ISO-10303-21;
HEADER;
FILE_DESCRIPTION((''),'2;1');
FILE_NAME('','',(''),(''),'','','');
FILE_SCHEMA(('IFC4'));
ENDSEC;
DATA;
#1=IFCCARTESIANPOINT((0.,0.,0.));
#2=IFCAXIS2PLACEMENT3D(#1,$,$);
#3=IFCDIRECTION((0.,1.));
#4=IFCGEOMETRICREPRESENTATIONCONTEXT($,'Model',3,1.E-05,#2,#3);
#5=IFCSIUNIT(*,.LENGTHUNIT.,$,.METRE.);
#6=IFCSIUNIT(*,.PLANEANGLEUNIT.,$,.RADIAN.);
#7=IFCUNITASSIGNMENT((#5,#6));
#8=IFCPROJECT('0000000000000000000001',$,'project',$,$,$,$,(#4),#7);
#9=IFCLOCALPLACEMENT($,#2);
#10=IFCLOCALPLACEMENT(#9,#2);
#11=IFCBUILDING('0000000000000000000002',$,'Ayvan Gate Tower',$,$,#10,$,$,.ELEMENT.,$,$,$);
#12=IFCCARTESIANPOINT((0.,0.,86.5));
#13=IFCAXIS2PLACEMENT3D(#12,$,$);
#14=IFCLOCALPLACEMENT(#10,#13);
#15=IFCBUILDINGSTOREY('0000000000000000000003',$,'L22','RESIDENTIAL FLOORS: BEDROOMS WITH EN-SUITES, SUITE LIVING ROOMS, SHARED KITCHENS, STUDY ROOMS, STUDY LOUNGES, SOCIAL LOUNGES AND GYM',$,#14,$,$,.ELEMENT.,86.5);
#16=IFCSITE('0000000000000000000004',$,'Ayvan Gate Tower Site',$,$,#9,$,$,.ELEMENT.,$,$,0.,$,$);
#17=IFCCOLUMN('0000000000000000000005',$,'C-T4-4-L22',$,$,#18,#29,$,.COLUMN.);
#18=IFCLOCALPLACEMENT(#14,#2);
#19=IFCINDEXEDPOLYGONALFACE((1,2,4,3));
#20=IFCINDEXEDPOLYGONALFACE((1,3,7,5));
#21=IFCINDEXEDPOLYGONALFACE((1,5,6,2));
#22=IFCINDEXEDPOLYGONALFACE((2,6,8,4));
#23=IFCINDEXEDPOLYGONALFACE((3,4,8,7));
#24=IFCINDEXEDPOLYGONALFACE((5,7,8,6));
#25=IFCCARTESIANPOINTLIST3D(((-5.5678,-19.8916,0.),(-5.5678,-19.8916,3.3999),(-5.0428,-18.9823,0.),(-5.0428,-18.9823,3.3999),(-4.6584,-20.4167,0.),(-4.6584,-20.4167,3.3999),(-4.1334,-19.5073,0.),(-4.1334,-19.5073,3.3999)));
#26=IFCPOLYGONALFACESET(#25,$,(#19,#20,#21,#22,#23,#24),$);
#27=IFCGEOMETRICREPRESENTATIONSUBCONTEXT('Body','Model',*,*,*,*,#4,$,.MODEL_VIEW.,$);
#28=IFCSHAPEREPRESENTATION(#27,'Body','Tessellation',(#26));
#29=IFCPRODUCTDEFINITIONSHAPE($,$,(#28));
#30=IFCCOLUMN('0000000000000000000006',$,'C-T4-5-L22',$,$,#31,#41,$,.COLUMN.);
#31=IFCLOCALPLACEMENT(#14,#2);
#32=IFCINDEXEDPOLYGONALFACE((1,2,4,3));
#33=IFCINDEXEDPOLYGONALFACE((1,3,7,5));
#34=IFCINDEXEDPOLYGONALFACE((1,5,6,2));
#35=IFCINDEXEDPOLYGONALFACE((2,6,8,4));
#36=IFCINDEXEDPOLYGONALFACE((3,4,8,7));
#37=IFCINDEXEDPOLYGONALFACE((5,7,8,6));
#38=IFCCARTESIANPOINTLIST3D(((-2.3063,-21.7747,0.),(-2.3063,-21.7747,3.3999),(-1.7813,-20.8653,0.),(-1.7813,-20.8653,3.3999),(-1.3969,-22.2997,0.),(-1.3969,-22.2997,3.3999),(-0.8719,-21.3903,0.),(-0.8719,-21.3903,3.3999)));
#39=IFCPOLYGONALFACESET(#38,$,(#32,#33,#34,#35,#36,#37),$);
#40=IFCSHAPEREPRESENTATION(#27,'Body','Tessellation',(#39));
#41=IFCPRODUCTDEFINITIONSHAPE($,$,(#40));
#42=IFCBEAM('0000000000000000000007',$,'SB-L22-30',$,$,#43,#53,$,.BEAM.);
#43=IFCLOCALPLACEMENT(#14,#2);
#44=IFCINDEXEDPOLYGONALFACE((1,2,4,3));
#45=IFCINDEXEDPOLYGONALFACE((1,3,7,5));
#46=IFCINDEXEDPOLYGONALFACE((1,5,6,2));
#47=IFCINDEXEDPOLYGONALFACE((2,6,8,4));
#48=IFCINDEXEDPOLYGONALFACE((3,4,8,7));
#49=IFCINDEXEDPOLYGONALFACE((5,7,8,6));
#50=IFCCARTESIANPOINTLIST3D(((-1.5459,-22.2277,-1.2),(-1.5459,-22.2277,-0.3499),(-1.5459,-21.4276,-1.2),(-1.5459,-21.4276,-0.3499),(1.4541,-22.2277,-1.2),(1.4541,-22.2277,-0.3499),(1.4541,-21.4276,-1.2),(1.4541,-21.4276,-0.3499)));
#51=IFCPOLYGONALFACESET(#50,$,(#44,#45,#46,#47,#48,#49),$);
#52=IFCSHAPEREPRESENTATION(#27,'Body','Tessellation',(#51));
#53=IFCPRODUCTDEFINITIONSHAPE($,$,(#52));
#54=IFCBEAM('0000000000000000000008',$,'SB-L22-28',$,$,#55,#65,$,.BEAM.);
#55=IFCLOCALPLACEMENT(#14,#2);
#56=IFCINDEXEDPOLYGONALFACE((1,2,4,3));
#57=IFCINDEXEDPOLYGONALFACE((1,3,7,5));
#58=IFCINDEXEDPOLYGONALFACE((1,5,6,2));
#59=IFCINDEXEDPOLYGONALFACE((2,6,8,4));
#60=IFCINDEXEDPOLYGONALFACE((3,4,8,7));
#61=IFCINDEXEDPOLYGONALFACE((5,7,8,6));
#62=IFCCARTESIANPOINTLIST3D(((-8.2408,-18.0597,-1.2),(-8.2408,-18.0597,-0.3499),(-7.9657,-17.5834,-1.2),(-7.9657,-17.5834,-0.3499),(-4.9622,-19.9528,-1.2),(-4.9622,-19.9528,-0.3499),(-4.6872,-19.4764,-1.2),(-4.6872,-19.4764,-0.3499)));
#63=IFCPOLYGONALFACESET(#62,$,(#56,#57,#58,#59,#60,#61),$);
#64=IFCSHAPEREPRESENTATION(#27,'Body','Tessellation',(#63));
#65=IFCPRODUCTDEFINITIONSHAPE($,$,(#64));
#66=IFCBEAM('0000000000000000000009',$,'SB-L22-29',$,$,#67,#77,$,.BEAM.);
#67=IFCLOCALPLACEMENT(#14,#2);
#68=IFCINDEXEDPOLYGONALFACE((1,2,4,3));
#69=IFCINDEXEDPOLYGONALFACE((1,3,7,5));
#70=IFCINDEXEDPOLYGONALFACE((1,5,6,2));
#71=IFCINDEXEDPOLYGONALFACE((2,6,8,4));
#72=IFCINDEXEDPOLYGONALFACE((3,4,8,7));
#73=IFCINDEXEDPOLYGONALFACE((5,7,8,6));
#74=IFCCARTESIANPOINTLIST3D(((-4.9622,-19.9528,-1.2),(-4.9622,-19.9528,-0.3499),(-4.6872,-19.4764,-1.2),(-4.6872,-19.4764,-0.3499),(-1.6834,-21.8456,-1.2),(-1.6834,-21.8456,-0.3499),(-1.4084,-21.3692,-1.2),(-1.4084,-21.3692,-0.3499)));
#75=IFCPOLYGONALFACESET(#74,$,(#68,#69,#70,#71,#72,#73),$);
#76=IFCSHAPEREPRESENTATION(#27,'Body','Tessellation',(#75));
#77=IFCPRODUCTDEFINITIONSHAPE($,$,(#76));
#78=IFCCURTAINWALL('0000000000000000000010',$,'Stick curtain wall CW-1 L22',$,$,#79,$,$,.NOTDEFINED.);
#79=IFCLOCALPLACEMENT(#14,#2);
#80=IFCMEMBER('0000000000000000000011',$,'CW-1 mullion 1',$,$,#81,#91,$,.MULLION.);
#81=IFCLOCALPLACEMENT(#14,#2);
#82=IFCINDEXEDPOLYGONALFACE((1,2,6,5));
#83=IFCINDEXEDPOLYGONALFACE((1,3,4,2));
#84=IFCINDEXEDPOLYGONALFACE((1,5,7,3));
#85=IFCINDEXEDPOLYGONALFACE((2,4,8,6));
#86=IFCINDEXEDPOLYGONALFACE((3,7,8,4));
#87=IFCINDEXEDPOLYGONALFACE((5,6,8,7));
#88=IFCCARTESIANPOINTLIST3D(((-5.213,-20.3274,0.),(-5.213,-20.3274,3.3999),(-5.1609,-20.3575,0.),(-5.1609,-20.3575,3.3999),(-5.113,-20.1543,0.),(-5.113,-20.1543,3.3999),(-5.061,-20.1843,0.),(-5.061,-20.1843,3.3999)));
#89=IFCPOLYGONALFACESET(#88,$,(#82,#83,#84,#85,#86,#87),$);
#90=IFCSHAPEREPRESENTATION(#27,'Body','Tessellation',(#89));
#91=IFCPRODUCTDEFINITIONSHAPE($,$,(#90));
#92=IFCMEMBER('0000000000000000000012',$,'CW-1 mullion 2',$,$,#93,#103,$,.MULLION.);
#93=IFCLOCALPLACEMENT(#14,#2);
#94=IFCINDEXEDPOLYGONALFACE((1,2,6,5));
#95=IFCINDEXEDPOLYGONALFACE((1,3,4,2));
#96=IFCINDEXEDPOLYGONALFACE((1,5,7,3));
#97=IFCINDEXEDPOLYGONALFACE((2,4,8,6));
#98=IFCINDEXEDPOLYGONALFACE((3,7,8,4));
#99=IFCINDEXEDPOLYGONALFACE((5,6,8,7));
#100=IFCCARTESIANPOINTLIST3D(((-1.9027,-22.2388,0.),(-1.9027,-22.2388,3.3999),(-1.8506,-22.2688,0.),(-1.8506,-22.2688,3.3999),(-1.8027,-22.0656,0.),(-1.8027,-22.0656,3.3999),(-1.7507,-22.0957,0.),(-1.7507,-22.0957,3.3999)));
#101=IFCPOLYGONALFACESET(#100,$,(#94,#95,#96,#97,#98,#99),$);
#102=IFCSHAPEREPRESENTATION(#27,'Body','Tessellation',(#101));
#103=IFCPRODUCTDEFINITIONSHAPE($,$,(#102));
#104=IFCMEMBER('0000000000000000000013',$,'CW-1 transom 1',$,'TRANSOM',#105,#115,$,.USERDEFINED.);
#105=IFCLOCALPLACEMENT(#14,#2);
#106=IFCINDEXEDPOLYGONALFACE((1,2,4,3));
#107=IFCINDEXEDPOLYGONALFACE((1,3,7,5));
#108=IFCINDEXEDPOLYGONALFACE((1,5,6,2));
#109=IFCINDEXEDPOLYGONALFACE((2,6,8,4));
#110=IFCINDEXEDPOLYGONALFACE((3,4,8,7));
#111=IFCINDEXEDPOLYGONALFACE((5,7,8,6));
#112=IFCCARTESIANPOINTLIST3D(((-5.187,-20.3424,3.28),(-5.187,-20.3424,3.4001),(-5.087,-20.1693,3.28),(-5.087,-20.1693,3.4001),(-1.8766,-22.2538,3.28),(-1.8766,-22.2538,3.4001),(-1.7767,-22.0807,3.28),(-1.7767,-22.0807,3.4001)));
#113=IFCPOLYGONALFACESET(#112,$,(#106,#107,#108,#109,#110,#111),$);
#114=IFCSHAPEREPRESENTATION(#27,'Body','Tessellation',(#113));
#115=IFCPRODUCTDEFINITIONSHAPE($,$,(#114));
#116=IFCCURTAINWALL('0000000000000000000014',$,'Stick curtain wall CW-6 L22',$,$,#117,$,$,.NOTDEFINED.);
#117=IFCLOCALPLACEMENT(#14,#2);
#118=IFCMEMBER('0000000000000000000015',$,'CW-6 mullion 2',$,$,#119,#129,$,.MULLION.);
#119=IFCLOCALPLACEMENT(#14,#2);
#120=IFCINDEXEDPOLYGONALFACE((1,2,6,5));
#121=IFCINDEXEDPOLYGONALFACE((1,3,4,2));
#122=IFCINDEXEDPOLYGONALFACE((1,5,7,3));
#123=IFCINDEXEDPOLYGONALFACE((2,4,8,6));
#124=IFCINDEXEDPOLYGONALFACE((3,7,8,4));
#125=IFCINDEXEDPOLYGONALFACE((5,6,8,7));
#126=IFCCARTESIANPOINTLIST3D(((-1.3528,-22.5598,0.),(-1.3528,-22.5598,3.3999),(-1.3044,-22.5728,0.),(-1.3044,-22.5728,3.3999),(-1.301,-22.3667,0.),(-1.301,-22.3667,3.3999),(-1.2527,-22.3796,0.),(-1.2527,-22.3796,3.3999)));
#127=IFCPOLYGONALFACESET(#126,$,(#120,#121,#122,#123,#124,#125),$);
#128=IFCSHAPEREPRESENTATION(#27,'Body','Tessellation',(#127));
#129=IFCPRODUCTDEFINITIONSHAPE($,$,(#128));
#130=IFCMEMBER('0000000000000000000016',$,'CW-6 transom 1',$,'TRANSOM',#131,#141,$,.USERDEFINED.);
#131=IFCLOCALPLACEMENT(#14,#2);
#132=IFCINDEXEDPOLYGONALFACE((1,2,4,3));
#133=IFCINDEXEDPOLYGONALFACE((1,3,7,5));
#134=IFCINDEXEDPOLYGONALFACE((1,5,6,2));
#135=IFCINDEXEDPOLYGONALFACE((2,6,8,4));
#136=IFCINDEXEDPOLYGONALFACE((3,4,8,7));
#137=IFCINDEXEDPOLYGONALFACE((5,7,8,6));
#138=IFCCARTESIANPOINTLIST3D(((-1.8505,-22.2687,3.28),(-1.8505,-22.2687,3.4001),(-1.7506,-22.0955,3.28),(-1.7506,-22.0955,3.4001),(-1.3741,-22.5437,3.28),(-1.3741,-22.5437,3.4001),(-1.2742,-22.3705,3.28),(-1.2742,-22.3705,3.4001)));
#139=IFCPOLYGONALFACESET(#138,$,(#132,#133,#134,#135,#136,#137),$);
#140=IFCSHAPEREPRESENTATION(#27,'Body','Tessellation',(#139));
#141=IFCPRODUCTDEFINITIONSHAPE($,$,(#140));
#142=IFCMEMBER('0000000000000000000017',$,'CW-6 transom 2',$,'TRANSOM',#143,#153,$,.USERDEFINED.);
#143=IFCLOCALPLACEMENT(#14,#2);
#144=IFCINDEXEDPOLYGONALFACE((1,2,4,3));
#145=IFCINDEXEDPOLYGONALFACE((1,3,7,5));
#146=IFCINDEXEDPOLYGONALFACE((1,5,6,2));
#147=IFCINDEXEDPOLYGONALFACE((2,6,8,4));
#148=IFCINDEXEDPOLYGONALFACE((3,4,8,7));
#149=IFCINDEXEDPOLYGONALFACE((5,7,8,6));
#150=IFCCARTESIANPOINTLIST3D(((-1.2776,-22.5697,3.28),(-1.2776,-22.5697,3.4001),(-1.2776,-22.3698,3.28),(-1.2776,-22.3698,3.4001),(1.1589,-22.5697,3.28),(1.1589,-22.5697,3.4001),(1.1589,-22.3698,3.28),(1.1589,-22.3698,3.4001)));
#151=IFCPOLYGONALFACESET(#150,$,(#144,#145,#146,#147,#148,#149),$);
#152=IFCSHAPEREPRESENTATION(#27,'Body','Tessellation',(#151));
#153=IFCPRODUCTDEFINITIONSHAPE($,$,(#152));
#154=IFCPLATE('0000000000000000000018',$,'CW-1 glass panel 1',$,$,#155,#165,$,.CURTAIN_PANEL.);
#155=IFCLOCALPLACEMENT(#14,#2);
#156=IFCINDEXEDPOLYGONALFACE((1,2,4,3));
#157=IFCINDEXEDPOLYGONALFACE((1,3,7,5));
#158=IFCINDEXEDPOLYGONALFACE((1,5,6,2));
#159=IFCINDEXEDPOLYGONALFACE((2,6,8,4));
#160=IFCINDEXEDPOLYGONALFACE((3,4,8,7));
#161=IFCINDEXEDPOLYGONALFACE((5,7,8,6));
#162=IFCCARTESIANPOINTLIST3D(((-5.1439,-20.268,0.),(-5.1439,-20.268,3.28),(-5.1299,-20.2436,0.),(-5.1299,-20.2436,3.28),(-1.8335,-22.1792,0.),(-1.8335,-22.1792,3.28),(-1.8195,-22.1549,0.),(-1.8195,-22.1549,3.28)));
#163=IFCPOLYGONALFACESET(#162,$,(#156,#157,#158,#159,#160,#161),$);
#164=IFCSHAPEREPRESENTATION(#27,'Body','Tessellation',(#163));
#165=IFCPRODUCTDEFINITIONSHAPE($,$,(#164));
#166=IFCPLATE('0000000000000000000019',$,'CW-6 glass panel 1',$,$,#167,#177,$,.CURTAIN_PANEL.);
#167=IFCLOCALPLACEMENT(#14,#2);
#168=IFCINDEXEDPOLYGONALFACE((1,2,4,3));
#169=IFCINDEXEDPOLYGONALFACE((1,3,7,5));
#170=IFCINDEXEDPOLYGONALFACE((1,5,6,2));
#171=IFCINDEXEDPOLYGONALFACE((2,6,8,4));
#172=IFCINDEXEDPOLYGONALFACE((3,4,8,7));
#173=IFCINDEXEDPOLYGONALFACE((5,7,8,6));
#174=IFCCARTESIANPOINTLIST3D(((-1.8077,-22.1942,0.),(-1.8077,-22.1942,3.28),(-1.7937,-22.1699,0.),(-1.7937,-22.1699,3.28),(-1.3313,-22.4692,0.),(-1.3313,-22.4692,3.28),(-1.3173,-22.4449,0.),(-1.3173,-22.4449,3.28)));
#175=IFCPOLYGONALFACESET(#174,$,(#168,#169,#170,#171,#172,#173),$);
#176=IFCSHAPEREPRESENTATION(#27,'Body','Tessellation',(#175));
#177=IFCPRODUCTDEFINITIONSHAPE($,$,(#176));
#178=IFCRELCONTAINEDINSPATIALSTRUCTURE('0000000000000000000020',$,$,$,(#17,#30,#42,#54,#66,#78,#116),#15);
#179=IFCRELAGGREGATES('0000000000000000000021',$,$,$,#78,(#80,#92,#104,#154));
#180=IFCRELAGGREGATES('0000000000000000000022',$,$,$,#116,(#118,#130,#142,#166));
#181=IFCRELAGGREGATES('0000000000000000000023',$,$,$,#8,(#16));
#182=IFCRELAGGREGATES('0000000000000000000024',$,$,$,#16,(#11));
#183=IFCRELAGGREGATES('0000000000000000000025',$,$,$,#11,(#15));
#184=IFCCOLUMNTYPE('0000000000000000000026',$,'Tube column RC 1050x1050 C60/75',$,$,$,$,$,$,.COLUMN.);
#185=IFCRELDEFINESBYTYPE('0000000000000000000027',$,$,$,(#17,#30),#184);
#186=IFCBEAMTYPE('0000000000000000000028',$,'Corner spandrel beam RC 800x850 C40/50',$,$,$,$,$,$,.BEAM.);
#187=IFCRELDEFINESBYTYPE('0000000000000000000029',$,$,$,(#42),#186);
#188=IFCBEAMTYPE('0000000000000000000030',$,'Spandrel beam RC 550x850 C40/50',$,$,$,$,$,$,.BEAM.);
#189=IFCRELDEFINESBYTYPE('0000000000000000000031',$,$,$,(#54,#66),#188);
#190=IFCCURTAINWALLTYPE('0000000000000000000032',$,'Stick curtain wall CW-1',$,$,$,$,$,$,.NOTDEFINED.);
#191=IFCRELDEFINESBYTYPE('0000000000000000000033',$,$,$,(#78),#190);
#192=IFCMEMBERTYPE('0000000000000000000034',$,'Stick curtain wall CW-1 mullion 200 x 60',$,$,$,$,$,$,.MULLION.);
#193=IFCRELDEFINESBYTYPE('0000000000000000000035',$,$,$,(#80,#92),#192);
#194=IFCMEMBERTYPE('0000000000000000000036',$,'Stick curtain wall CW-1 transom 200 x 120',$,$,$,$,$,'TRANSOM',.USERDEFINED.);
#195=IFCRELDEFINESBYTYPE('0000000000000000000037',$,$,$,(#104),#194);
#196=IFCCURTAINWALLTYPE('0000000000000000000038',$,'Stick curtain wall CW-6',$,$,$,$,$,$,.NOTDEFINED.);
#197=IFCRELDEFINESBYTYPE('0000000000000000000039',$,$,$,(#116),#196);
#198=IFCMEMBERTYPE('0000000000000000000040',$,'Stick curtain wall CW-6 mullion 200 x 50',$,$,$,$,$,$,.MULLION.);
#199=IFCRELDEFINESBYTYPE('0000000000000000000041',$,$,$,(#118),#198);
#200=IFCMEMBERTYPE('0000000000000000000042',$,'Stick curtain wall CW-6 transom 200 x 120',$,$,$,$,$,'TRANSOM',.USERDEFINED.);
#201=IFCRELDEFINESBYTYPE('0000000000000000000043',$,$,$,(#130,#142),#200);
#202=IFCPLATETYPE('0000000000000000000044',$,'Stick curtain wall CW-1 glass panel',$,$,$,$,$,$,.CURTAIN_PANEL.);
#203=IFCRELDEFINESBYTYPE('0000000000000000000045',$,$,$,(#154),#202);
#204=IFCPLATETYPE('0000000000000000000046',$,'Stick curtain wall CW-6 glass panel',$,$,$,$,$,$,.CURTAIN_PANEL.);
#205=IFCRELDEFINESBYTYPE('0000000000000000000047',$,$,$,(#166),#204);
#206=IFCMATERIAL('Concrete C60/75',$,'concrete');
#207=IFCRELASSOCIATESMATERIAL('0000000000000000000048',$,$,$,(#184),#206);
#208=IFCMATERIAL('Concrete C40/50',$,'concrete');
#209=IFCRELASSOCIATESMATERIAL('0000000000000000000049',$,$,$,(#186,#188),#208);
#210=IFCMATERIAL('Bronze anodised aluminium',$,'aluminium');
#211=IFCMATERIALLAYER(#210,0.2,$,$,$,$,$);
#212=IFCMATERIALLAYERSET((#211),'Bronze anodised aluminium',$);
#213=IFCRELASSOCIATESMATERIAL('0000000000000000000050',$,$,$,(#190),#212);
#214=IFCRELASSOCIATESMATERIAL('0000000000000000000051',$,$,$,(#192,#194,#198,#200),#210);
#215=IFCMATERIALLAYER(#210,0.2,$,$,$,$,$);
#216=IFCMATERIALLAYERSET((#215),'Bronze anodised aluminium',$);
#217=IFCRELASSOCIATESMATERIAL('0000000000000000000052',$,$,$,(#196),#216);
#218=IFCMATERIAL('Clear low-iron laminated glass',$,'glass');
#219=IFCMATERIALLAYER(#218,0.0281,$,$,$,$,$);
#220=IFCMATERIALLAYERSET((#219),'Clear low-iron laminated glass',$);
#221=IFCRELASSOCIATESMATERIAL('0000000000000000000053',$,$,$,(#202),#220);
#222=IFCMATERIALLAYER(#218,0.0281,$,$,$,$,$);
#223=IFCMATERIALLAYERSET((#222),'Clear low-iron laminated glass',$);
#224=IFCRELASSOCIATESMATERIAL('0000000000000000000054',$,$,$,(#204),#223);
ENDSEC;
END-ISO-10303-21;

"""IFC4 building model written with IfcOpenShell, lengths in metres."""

from ifc_helpers import new_model, si_unit, direction, frame, origin, origin_2d, place, context, subcontext, project, spatial, rectangle, extrude, material, layer, layer_set, material_profile, profile_set, type_object, element, aggregate, save


model = new_model("IFC4")

# Units and contexts
model_context = context("Model", 3, precision=1e-05, world=origin(), true_north=direction((0.0, 1.0)))
body_context = subcontext(model_context, "Body", "Model", "MODEL_VIEW")
ifc_project = project(units=[si_unit("LENGTHUNIT", "METRE"), si_unit("PLANEANGLEUNIT", "RADIAN")], contexts=[model_context])

# Site, building, storey
site_placement = place(None, origin())
site = spatial("IfcSite", under=ifc_project, at=site_placement, Name="Ayvan Gate Tower Site", CompositionType="ELEMENT", RefElevation=0.0)
building_placement = place(site_placement, origin())
building = spatial("IfcBuilding", under=site, at=building_placement, Name="Ayvan Gate Tower", CompositionType="ELEMENT")
storey_placement = place(building_placement, frame((0.0, 0.0, 86.5)))
storey = spatial("IfcBuildingStorey", under=building, at=storey_placement, Name="L22", Description="RESIDENTIAL FLOORS: BEDROOMS WITH EN-SUITES, SUITE LIVING ROOMS, SHARED KITCHENS, STUDY ROOMS, STUDY LOUNGES, SOCIAL LOUNGES AND GYM", CompositionType="ELEMENT", Elevation=86.5)

# Columns
ifc_material_1 = material(Name="Concrete C60/75", Category="concrete")
ifc_material_profile_1 = material_profile(ifc_material_1, rectangle(XDim=1.05, YDim=1.05, at=origin_2d()), Name="RC 1050x1050")
ifc_profile_set_1 = profile_set([ifc_material_profile_1], Name="Concrete C60/75")
column_type = type_object("IfcColumnType", Name="Tube column RC 1050x1050 C60/75", PredefinedType="COLUMN", material=ifc_profile_set_1)
for number, where, z_axis, x_axis, name in (
    (1, (-4.8506, -19.6995, 0.0), (0.0, 0.0, 1.0), (-0.5, -0.866025, 0.0), "C-T4-4-L22"),
    (2, (-1.5891, -21.5825, 0.0), (0.0, 0.0, 1.0), (-0.5, -0.866025, 0.0), "C-T4-5-L22"),
):
    element("IfcColumn", number, at=place(storey_placement, frame(where, z_axis=z_axis, x_axis=x_axis)), inside=storey, type_object=column_type, Name=name, PredefinedType="COLUMN", context=body_context, shape_type="SweptSolid", body=[
        extrude(rectangle(XDim=1.05, YDim=1.05, at=origin_2d()), origin(), (0.0, 0.0, 1.0), 3.3999),
    ])

# Beams
ifc_material_2 = material(Name="Concrete C40/50", Category="concrete")
ifc_material_profile_2 = material_profile(ifc_material_2, rectangle(XDim=0.8, YDim=0.8501, at=origin_2d()), Name="RC 800x850")
ifc_profile_set_2 = profile_set([ifc_material_profile_2], Name="Concrete C40/50")
beam_type_1 = type_object("IfcBeamType", Name="Corner spandrel beam RC 800x850 C40/50", PredefinedType="BEAM", material=ifc_profile_set_2)
beam_placement = place(storey_placement, frame((-1.5459, -21.8276, -0.7749), z_axis=(1.0, 0.0, 0.0), x_axis=(0.0, 1.0, 0.0)))
element("IfcBeam", 3, at=beam_placement, inside=storey, type_object=beam_type_1, Name="SB-L22-30", PredefinedType="BEAM", context=body_context, shape_type="SweptSolid", body=[
    extrude(rectangle(XDim=0.8, YDim=0.8501, at=origin_2d()), origin(), (0.0, 0.0, 1.0), 3.0),
])
ifc_material_profile_3 = material_profile(ifc_material_2, rectangle(XDim=0.55, YDim=0.8501, at=origin_2d()), Name="RC 550x850")
ifc_profile_set_3 = profile_set([ifc_material_profile_3], Name="Concrete C40/50")
beam_type_2 = type_object("IfcBeamType", Name="Spandrel beam RC 550x850 C40/50", PredefinedType="BEAM", material=ifc_profile_set_3)
for number, where, z_axis, x_axis, name in (
    (4, (-8.1033, -17.8215, -0.7749), (0.866004, -0.500037, 0.0), (0.500037, 0.866004, 0.0), "SB-L22-28"),
    (5, (-4.8247, -19.7146, -0.7749), (0.866048, -0.499961, 0.0), (0.499961, 0.866048, 0.0), "SB-L22-29"),
):
    element("IfcBeam", number, at=place(storey_placement, frame(where, z_axis=z_axis, x_axis=x_axis)), inside=storey, type_object=beam_type_2, Name=name, PredefinedType="BEAM", context=body_context, shape_type="SweptSolid", body=[
        extrude(rectangle(XDim=0.55, YDim=0.8501, at=origin_2d()), origin(), (0.0, 0.0, 1.0), 3.7859),
    ])

# Curtain walls, members
ifc_material_3 = material(Name="Bronze anodised aluminium", Category="aluminium")
ifc_layer_1 = layer(ifc_material_3, 0.2)
ifc_layer_set_1 = layer_set([ifc_layer_1], Name="Bronze anodised aluminium")
curtain_wall_type_1 = type_object("IfcCurtainWallType", Name="Stick curtain wall CW-1", PredefinedType="NOTDEFINED", material=ifc_layer_set_1)
curtain_wall_1_placement = place(storey_placement, origin())
curtain_wall_1 = element("IfcCurtainWall", 6, at=curtain_wall_1_placement, inside=storey, type_object=curtain_wall_type_1, Name="Stick curtain wall CW-1 L22", PredefinedType="NOTDEFINED")
ifc_material_profile_4 = material_profile(ifc_material_3, rectangle(XDim=0.2, YDim=0.0601, at=origin_2d()), Name="Stick curtain wall CW-1 mullion 200 x 60")
ifc_profile_set_4 = profile_set([ifc_material_profile_4], Name="Bronze anodised aluminium")
member_type_1 = type_object("IfcMemberType", Name="Stick curtain wall CW-1 mullion 200 x 60", PredefinedType="MULLION", material=ifc_profile_set_4)
member_1_placement = place(storey_placement, frame((-5.137, -20.2559, 0.0), z_axis=(0.0, 0.0, 1.0), x_axis=(-0.5, -0.866025, 0.0)))
member_1 = element("IfcMember", 7, at=member_1_placement, type_object=member_type_1, Name="CW-1 mullion 1", PredefinedType="MULLION", context=body_context, shape_type="SweptSolid", body=[
    extrude(rectangle(XDim=0.2, YDim=0.0601, at=origin_2d()), origin(), (0.0, 0.0, 1.0), 3.3999),
])
member_2_placement = place(storey_placement, frame((-1.8267, -22.1672, 0.0), z_axis=(0.0, 0.0, 1.0), x_axis=(-0.5, -0.866025, 0.0)))
member_2 = element("IfcMember", 8, at=member_2_placement, type_object=member_type_1, Name="CW-1 mullion 2", PredefinedType="MULLION", context=body_context, shape_type="SweptSolid", body=[
    extrude(rectangle(XDim=0.2, YDim=0.0601, at=origin_2d()), origin(), (0.0, 0.0, 1.0), 3.3999),
])
ifc_material_profile_5 = material_profile(ifc_material_3, rectangle(XDim=0.2, YDim=0.1201, at=origin_2d()), Name="Stick curtain wall CW-1 transom 200 x 120")
ifc_profile_set_5 = profile_set([ifc_material_profile_5], Name="Bronze anodised aluminium")
member_type_2 = type_object("IfcMemberType", Name="Stick curtain wall CW-1 transom 200 x 120", ElementType="TRANSOM", PredefinedType="USERDEFINED", material=ifc_profile_set_5)
member_3_placement = place(storey_placement, frame((-5.137, -20.2559, 3.3401), z_axis=(0.866006, -0.500034, 0.0), x_axis=(0.500034, 0.866006, 0.0)))
member_3 = element("IfcMember", 9, at=member_3_placement, type_object=member_type_2, Name="CW-1 transom 1", ObjectType="TRANSOM", PredefinedType="USERDEFINED", context=body_context, shape_type="SweptSolid", body=[
    extrude(rectangle(XDim=0.2, YDim=0.1201, at=origin_2d()), origin(), (0.0, 0.0, 1.0), 3.8225),
])
ifc_layer_2 = layer(ifc_material_3, 0.2)
ifc_layer_set_2 = layer_set([ifc_layer_2], Name="Bronze anodised aluminium")
curtain_wall_type_2 = type_object("IfcCurtainWallType", Name="Stick curtain wall CW-6", PredefinedType="NOTDEFINED", material=ifc_layer_set_2)
curtain_wall_2_placement = place(storey_placement, origin())
curtain_wall_2 = element("IfcCurtainWall", 10, at=curtain_wall_2_placement, inside=storey, type_object=curtain_wall_type_2, Name="Stick curtain wall CW-6 L22", PredefinedType="NOTDEFINED")
ifc_material_profile_6 = material_profile(ifc_material_3, rectangle(XDim=0.2, YDim=0.05, at=origin_2d()), Name="Stick curtain wall CW-6 mullion 200 x 50")
ifc_profile_set_6 = profile_set([ifc_material_profile_6], Name="Bronze anodised aluminium")
member_type_3 = type_object("IfcMemberType", Name="Stick curtain wall CW-6 mullion 200 x 50", PredefinedType="MULLION", material=ifc_profile_set_6)
member_4_placement = place(storey_placement, frame((-1.3027, -22.4697, 0.0), z_axis=(0.0, 0.0, 1.0), x_axis=(-0.258819, -0.965926, 0.0)))
member_4 = element("IfcMember", 11, at=member_4_placement, type_object=member_type_3, Name="CW-6 mullion 2", PredefinedType="MULLION", context=body_context, shape_type="SweptSolid", body=[
    extrude(rectangle(XDim=0.2, YDim=0.05, at=origin_2d()), origin(), (0.0, 0.0, 1.0), 3.3999),
])
ifc_material_profile_7 = material_profile(ifc_material_3, rectangle(XDim=0.2, YDim=0.1201, at=origin_2d()), Name="Stick curtain wall CW-6 transom 200 x 120")
ifc_profile_set_7 = profile_set([ifc_material_profile_7], Name="Bronze anodised aluminium")
member_type_4 = type_object("IfcMemberType", Name="Stick curtain wall CW-6 transom 200 x 120", ElementType="TRANSOM", PredefinedType="USERDEFINED", material=ifc_profile_set_7)
member_5_placement = place(storey_placement, frame((-1.8005, -22.1821, 3.3401), z_axis=(0.866104, -0.499863, 0.0), x_axis=(0.499863, 0.866104, 0.0)))
member_5 = element("IfcMember", 12, at=member_5_placement, type_object=member_type_4, Name="CW-6 transom 1", ObjectType="TRANSOM", PredefinedType="USERDEFINED", context=body_context, shape_type="SweptSolid", body=[
    extrude(rectangle(XDim=0.2, YDim=0.1201, at=origin_2d()), origin(), (0.0, 0.0, 1.0), 0.55),
])
member_6_placement = place(storey_placement, frame((-1.2776, -22.4697, 3.3401), z_axis=(1.0, 0.0, 0.0), x_axis=(0.0, 1.0, 0.0)))
member_6 = element("IfcMember", 13, at=member_6_placement, type_object=member_type_4, Name="CW-6 transom 2", ObjectType="TRANSOM", PredefinedType="USERDEFINED", context=body_context, shape_type="SweptSolid", body=[
    extrude(rectangle(XDim=0.2, YDim=0.1201, at=origin_2d()), origin(), (0.0, 0.0, 1.0), 2.4365),
])

# Plates
ifc_material_4 = material(Name="Clear low-iron laminated glass", Category="glass")
ifc_layer_3 = layer(ifc_material_4, 0.0281)
ifc_layer_set_3 = layer_set([ifc_layer_3], Name="Clear low-iron laminated glass")
plate_type_1 = type_object("IfcPlateType", Name="Stick curtain wall CW-1 glass panel", PredefinedType="CURTAIN_PANEL", material=ifc_layer_set_3)
plate_1_placement = place(storey_placement, frame((-3.4817, -21.2114, 0.0), z_axis=(0.0, 0.0, 1.0), x_axis=(0.866025, -0.5, 0.0)))
plate_1 = element("IfcPlate", 14, at=plate_1_placement, type_object=plate_type_1, Name="CW-1 glass panel 1", PredefinedType="CURTAIN_PANEL", context=body_context, shape_type="SweptSolid", body=[
    extrude(rectangle(XDim=3.8225, YDim=0.0281, at=origin_2d()), origin(), (0.0, 0.0, 1.0), 3.28),
])
aggregate(curtain_wall_1, [member_1, member_2, member_3, plate_1])
ifc_layer_4 = layer(ifc_material_4, 0.0281)
ifc_layer_set_4 = layer_set([ifc_layer_4], Name="Clear low-iron laminated glass")
plate_type_2 = type_object("IfcPlateType", Name="Stick curtain wall CW-6 glass panel", PredefinedType="CURTAIN_PANEL", material=ifc_layer_set_4)
plate_2_placement = place(storey_placement, frame((-1.5625, -22.3196, 0.0), z_axis=(0.0, 0.0, 1.0), x_axis=(0.866025, -0.5, 0.0)))
plate_2 = element("IfcPlate", 15, at=plate_2_placement, type_object=plate_type_2, Name="CW-6 glass panel 1", PredefinedType="CURTAIN_PANEL", context=body_context, shape_type="SweptSolid", body=[
    extrude(rectangle(XDim=0.55, YDim=0.0281, at=origin_2d()), origin(), (0.0, 0.0, 1.0), 3.28),
])
aggregate(curtain_wall_2, [member_4, member_5, member_6, plate_2])

save(model, "model.ifc")
